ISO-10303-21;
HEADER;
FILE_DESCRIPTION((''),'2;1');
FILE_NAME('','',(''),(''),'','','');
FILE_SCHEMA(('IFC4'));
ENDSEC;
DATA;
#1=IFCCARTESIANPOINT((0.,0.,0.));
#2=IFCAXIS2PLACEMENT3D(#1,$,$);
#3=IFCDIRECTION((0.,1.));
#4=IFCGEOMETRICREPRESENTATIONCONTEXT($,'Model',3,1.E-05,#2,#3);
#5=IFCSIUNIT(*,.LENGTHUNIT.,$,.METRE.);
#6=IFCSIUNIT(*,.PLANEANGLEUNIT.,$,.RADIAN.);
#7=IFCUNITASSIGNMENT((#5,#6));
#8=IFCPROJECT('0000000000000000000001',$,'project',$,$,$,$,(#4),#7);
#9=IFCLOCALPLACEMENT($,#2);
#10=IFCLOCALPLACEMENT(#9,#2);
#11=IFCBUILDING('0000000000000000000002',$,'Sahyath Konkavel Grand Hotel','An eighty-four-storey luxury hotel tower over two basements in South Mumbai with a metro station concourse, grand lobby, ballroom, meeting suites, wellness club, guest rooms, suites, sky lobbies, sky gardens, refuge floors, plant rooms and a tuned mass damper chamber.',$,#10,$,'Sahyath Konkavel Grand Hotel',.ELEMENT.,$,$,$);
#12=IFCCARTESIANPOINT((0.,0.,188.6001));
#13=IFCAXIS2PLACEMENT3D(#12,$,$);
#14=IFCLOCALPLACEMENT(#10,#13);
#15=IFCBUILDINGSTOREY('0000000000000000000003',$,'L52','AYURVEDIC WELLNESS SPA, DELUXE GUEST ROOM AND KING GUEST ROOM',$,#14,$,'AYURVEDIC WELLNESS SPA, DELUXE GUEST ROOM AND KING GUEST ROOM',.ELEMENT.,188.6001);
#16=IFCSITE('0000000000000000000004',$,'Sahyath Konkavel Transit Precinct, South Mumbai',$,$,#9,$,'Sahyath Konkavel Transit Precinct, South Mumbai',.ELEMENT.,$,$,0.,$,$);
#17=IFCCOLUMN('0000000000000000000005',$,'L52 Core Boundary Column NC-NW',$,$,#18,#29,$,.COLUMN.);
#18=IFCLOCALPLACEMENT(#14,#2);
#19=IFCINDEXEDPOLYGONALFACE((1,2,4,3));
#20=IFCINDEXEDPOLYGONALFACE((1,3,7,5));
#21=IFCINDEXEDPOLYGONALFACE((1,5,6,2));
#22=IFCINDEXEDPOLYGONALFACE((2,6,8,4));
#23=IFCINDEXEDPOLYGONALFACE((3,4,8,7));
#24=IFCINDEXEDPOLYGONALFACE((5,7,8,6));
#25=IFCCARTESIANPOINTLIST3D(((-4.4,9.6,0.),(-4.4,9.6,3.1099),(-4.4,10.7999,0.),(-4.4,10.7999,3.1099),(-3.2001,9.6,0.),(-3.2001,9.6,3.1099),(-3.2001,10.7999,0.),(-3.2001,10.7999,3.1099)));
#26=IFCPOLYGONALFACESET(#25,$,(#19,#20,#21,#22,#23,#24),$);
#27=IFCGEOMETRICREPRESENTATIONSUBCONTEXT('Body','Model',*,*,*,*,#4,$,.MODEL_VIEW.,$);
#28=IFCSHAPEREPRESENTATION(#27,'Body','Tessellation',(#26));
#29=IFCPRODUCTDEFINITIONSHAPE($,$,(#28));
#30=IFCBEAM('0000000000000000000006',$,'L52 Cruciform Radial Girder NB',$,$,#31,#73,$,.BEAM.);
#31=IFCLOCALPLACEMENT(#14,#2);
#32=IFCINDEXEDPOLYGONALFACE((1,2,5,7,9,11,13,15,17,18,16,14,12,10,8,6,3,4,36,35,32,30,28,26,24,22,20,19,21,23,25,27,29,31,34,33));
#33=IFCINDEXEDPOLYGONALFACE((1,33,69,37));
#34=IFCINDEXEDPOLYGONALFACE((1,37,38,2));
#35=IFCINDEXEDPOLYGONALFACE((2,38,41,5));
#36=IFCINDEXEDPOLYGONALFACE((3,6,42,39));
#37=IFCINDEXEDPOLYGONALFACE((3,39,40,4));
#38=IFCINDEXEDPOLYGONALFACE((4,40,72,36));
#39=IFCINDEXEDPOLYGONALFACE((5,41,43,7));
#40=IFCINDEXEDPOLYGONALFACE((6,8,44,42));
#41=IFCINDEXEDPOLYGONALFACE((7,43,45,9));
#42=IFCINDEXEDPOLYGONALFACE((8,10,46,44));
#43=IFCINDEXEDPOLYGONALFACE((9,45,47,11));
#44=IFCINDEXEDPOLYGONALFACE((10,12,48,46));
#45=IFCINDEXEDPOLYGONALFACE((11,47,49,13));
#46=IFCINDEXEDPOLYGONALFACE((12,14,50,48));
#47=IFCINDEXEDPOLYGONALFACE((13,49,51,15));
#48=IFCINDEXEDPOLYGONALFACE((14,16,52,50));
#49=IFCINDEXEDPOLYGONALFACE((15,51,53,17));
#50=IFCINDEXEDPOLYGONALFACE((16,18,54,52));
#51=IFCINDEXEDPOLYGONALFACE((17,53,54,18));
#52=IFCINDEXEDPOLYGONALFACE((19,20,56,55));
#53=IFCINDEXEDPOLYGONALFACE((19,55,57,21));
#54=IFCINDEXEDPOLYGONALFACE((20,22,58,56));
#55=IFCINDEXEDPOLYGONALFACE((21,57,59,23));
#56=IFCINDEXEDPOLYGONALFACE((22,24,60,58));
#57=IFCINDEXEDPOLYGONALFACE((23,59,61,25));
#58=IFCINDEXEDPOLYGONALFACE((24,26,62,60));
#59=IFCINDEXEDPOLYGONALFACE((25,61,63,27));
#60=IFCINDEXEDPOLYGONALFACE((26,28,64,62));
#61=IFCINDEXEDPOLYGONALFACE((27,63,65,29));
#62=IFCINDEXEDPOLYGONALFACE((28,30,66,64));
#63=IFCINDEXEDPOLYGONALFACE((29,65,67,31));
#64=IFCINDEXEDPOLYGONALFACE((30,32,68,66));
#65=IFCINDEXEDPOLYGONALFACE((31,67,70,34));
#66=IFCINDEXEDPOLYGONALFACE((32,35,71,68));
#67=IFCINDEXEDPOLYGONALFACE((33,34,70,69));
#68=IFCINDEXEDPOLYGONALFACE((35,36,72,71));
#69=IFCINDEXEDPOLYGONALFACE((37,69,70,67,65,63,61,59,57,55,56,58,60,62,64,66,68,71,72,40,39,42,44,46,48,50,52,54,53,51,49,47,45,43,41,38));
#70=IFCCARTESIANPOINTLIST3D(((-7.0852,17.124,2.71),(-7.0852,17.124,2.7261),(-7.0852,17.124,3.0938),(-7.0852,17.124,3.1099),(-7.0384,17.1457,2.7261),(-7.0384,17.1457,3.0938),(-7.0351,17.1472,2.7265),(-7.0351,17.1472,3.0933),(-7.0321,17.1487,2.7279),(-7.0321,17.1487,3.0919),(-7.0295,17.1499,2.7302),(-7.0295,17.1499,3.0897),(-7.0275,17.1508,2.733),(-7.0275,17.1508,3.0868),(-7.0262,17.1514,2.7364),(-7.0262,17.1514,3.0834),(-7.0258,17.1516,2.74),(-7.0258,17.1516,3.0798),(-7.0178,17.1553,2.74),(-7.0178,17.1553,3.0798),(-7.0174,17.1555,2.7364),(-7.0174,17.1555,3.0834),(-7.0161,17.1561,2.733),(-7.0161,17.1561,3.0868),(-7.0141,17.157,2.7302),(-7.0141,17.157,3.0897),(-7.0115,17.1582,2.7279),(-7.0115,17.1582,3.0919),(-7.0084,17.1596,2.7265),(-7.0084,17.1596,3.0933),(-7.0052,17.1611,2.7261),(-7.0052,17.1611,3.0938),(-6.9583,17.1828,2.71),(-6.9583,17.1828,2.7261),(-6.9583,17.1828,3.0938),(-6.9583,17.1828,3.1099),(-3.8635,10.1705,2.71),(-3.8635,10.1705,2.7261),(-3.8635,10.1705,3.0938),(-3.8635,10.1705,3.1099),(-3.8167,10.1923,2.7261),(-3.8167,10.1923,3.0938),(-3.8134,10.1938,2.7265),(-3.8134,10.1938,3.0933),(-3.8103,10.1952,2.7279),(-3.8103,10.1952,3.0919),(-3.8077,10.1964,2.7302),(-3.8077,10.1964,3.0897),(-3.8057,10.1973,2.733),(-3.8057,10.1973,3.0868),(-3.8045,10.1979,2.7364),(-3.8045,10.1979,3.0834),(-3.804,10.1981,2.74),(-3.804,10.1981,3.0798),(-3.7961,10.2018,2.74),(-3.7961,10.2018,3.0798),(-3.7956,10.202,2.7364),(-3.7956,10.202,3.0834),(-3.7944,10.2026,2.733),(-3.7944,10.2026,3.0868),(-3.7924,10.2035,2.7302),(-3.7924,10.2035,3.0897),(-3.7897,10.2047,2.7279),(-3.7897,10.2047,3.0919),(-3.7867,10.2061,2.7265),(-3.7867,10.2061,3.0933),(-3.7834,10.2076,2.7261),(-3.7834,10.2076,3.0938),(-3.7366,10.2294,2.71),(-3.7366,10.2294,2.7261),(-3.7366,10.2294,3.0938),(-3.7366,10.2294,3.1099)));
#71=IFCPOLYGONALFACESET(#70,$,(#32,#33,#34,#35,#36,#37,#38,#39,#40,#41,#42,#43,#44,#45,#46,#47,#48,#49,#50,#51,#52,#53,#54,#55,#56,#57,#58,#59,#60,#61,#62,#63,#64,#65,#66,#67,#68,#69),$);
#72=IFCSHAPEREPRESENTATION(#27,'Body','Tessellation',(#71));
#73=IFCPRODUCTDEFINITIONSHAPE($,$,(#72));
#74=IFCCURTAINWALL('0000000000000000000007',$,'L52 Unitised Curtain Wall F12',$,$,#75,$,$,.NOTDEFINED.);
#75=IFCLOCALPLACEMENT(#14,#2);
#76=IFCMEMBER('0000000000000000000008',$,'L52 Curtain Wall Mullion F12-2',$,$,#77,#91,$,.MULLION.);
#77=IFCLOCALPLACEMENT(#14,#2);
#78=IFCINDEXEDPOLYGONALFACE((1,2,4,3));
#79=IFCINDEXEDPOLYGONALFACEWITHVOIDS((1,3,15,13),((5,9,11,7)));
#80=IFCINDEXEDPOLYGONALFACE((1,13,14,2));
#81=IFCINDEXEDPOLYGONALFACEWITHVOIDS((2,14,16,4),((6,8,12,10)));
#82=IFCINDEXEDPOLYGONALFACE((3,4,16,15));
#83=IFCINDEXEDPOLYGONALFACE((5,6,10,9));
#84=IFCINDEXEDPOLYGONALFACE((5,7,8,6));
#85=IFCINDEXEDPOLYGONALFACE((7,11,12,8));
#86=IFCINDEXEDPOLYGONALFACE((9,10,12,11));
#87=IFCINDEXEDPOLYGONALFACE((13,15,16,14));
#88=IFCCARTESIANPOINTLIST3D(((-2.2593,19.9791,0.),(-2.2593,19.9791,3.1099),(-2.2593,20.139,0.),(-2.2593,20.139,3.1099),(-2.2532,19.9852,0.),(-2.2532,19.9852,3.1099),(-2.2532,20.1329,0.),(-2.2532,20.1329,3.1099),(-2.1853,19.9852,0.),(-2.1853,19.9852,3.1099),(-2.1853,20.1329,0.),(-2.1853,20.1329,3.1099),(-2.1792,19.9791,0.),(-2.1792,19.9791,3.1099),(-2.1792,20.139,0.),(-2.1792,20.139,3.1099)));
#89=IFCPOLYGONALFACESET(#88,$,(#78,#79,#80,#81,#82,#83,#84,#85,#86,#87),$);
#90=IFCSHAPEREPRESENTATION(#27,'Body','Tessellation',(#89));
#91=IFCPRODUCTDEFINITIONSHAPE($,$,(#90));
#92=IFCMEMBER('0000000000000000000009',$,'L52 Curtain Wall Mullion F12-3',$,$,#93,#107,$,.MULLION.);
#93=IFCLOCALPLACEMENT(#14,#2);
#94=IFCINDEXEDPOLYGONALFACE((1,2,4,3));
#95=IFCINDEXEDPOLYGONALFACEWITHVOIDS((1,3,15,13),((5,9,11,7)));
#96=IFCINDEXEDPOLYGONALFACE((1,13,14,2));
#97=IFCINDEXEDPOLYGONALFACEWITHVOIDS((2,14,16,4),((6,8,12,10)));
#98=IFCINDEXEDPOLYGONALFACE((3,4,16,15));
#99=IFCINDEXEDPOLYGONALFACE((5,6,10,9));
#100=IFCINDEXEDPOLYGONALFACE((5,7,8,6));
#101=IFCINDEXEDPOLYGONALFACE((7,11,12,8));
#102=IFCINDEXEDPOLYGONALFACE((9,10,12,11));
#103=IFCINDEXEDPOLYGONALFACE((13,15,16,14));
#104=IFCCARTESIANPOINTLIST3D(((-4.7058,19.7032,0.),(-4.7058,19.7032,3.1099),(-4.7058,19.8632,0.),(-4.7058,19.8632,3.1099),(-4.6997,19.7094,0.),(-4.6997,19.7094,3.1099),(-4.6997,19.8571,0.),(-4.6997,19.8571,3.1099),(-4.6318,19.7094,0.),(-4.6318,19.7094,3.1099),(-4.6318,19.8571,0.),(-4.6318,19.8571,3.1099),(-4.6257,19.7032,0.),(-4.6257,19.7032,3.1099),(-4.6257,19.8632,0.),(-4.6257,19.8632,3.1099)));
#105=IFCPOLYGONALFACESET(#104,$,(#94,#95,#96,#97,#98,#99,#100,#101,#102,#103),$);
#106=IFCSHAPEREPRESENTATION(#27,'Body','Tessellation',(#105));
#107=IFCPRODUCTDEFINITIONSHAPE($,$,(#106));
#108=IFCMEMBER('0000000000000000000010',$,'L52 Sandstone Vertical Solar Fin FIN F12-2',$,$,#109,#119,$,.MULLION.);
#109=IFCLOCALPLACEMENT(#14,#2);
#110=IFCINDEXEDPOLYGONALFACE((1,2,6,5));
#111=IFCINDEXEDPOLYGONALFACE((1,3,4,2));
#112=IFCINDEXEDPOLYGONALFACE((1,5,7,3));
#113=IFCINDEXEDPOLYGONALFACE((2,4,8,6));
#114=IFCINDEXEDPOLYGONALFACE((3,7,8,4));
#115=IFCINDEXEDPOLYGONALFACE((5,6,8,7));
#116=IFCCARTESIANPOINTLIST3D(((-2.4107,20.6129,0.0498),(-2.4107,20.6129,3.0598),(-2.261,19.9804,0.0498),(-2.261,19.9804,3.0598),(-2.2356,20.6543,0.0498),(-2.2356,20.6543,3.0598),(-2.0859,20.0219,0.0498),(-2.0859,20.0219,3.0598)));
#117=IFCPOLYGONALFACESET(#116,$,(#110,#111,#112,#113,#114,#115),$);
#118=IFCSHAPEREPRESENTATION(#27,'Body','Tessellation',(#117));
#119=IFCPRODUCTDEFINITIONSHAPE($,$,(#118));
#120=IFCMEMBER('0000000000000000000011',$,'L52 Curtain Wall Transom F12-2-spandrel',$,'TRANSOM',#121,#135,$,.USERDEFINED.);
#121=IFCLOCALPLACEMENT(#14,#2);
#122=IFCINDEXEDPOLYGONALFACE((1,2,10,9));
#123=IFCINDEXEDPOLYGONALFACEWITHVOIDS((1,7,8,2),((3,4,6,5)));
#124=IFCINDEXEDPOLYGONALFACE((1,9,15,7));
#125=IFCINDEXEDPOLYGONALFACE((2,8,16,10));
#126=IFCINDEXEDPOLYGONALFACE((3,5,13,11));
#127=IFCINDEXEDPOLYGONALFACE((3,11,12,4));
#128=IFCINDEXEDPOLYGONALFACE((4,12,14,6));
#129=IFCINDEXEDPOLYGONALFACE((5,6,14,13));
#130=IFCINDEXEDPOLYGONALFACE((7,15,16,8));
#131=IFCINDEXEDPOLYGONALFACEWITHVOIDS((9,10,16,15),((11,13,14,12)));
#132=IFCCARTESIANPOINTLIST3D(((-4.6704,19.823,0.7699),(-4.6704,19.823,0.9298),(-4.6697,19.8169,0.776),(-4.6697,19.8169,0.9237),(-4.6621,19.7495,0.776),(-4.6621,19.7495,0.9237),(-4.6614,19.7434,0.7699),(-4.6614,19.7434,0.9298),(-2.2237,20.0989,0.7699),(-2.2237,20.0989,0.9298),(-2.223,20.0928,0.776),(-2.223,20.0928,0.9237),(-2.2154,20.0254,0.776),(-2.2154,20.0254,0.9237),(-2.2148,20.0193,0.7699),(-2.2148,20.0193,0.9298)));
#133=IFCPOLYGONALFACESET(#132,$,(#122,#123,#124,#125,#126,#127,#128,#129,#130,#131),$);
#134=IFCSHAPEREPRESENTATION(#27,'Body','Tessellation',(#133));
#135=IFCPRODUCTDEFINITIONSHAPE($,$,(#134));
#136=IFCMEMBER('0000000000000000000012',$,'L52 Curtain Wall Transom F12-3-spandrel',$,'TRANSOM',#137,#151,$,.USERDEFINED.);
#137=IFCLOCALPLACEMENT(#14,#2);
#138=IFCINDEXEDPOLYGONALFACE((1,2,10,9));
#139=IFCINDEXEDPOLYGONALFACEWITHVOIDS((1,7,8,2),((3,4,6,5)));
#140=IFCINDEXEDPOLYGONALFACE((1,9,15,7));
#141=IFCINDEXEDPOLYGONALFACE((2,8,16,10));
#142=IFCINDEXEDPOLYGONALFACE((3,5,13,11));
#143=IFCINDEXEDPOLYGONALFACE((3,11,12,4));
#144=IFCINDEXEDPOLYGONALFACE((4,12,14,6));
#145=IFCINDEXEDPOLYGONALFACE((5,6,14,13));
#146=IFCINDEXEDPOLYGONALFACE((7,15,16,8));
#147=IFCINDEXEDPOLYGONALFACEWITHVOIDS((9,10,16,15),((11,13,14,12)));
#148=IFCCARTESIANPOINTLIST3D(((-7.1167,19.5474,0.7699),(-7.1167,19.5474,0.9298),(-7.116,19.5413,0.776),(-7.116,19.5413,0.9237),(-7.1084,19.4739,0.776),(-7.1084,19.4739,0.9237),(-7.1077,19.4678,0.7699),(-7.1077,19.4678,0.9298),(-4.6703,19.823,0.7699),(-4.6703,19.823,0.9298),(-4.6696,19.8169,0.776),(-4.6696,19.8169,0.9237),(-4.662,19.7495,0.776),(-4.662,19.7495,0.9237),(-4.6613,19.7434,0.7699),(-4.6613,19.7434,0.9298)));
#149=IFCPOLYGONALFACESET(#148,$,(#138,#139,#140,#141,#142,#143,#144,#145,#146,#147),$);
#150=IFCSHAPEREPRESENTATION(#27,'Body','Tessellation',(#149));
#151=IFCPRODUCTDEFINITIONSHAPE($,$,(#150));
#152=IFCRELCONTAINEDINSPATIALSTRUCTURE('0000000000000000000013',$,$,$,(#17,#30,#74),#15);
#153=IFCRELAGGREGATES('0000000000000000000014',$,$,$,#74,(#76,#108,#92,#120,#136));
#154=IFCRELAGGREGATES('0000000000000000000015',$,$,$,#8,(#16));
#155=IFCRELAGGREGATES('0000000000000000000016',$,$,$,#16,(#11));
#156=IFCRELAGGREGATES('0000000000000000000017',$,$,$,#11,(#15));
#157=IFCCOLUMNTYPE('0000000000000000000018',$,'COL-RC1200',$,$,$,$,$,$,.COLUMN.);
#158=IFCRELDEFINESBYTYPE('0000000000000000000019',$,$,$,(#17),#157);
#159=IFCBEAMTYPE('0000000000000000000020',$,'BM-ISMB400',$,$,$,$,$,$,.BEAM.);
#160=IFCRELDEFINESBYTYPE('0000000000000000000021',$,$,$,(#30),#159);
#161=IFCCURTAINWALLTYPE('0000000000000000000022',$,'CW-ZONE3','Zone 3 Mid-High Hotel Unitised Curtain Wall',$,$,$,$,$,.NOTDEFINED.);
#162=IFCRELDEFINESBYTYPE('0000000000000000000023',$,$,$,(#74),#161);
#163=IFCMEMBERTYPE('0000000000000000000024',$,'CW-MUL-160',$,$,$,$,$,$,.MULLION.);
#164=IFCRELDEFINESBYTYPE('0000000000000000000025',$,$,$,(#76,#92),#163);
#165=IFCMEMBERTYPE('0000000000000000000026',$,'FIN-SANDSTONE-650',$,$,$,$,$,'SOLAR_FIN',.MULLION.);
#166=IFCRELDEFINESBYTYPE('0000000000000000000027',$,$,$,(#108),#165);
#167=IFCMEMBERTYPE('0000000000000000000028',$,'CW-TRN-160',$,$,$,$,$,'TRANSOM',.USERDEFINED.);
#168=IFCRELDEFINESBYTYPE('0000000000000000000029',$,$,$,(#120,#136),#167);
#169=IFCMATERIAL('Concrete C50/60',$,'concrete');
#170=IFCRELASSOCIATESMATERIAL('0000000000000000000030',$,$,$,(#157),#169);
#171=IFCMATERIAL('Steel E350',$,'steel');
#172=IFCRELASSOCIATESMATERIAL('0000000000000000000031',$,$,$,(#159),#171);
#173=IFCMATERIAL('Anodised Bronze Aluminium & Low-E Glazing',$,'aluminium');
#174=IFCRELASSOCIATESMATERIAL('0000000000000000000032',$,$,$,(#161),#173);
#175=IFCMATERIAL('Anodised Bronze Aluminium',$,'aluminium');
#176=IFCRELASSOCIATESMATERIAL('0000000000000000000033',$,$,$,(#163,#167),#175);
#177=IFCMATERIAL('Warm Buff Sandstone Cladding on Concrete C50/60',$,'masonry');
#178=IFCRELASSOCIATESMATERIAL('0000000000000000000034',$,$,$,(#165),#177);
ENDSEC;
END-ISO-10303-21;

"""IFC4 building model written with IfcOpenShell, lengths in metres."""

from ifc_helpers import new_model, si_unit, direction, frame, origin, origin_2d, place, context, subcontext, project, spatial, rectangle, hollow_rectangle, i_section, extrude, source, transform, mapped, material, material_profile, profile_set, type_object, element, aggregate, save


model = new_model("IFC4")

# Units and contexts
model_context = context("Model", 3, precision=1e-05, world=origin(), true_north=direction((0.0, 1.0)))
body_context = subcontext(model_context, "Body", "Model", "MODEL_VIEW")
ifc_project = project(units=[si_unit("LENGTHUNIT", "METRE"), si_unit("PLANEANGLEUNIT", "RADIAN")], contexts=[model_context])

# Site, building, storey
site_placement = place(None, origin())
site = spatial("IfcSite", under=ifc_project, at=site_placement, Name="Sahyath Konkavel Transit Precinct, South Mumbai", LongName="Sahyath Konkavel Transit Precinct, South Mumbai", CompositionType="ELEMENT", RefElevation=0.0)
building_placement = place(site_placement, origin())
building = spatial("IfcBuilding", under=site, at=building_placement, Name="Sahyath Konkavel Grand Hotel", Description="An eighty-four-storey luxury hotel tower over two basements in South Mumbai with a metro station concourse, grand lobby, ballroom, meeting suites, wellness club, guest rooms, suites, sky lobbies, sky gardens, refuge floors, plant rooms and a tuned mass damper chamber.", LongName="Sahyath Konkavel Grand Hotel", CompositionType="ELEMENT")
storey_placement = place(building_placement, frame((0.0, 0.0, 188.6001)))
storey = spatial("IfcBuildingStorey", under=building, at=storey_placement, Name="L52", Description="AYURVEDIC WELLNESS SPA, DELUXE GUEST ROOM AND KING GUEST ROOM", LongName="AYURVEDIC WELLNESS SPA, DELUXE GUEST ROOM AND KING GUEST ROOM", CompositionType="ELEMENT", Elevation=188.6001)

# Column
ifc_material_1 = material(Name="Concrete C50/60", Category="concrete")
ifc_material_profile_1 = material_profile(ifc_material_1, rectangle(XDim=1.2, YDim=1.2, at=origin_2d()), Name="RC 1200x1200")
ifc_profile_set_1 = profile_set([ifc_material_profile_1], Name="Concrete C50/60")
column_type = type_object("IfcColumnType", Name="COL-RC1200", PredefinedType="COLUMN", material=ifc_profile_set_1)
shared_shape_1 = source(origin(), body_context, "Body", "SweptSolid", [
    extrude(rectangle(XDim=1.2, YDim=1.2, at=origin_2d()), origin(), (0.0, 0.0, 1.0), 3.1099),
])
column_placement = place(storey_placement, frame((-3.8, 10.2, 0.0), z_axis=(0.0, 0.0, 1.0), x_axis=(1.0, 0.0, 0.0)))
element("IfcColumn", 1, at=column_placement, inside=storey, type_object=column_type, Name="L52 Core Boundary Column NC-NW", PredefinedType="COLUMN", context=body_context, shape_type="MappedRepresentation", body=[
    mapped(shared_shape_1, transform((0.0, 0.0, 0.0), scale=1.0)),
])

# Beam
ifc_material_2 = material(Name="Steel E350", Category="steel")
ifc_material_profile_2 = material_profile(ifc_material_2, i_section(OverallWidth=0.1399, OverallDepth=0.3999, WebThickness=0.0088, FlangeThickness=0.0161, FilletRadius=0.0139, at=origin_2d()), Name="ISMB 400")
ifc_profile_set_2 = profile_set([ifc_material_profile_2], Name="Steel E350")
beam_type_1 = type_object("IfcBeamType", Name="BM-ISMB400", PredefinedType="BEAM", material=ifc_profile_set_2)
shared_shape_2 = source(origin(), body_context, "Body", "SweptSolid", [
    extrude(i_section(OverallWidth=0.1399, OverallDepth=0.3999, WebThickness=0.0088, FlangeThickness=0.0161, FilletRadius=0.0139, at=origin_2d()), origin(), (0.0, 0.0, 1.0), 7.6636),
])
beam_1_placement = place(storey_placement, frame((-3.8, 10.2, 2.9099), z_axis=(-0.420395, 0.907341, 0.0), x_axis=(-0.907341, -0.420395, 0.0)))
element("IfcBeam", 2, at=beam_1_placement, inside=storey, type_object=beam_type_1, Name="L52 Cruciform Radial Girder NB", PredefinedType="BEAM", context=body_context, shape_type="MappedRepresentation", body=[
    mapped(shared_shape_2, transform((0.0, 0.0, 0.0), scale=1.0)),
])

# Curtain wall, members
ifc_material_3 = material(Name="Anodised Bronze Aluminium & Low-E Glazing", Category="aluminium")
curtain_wall_type = type_object("IfcCurtainWallType", Name="CW-ZONE3", Description="Zone 3 Mid-High Hotel Unitised Curtain Wall", PredefinedType="NOTDEFINED", material=ifc_material_3)
curtain_wall_placement = place(storey_placement, origin())
curtain_wall = element("IfcCurtainWall", 3, at=curtain_wall_placement, inside=storey, type_object=curtain_wall_type, Name="L52 Unitised Curtain Wall F12", PredefinedType="NOTDEFINED")
ifc_material_4 = material(Name="Anodised Bronze Aluminium", Category="aluminium")
ifc_material_profile_3 = material_profile(ifc_material_4, hollow_rectangle(XDim=0.0801, YDim=0.1599, WallThickness=0.0061, at=origin_2d()), Name="RHS 160x80x6")
ifc_profile_set_3 = profile_set([ifc_material_profile_3], Name="Anodised Bronze Aluminium")
member_type_1 = type_object("IfcMemberType", Name="CW-MUL-160", PredefinedType="MULLION", material=ifc_profile_set_3)
shared_shape_3 = source(origin(), body_context, "Body", "SweptSolid", [
    extrude(hollow_rectangle(XDim=0.0801, YDim=0.1599, WallThickness=0.0061, at=origin_2d()), origin(), (0.0, 0.0, 1.0), 3.1099),
])
member_1_placement = place(storey_placement, frame((-2.2192, 20.0591, 0.0), z_axis=(0.0, 0.0, 1.0), x_axis=(1.0, 0.0, 0.0)))
member_1 = element("IfcMember", 4, at=member_1_placement, type_object=member_type_1, Name="L52 Curtain Wall Mullion F12-2", PredefinedType="MULLION", context=body_context, shape_type="MappedRepresentation", body=[
    mapped(shared_shape_3, transform((0.0, 0.0, 0.0), scale=1.0)),
])
member_2_placement = place(storey_placement, frame((-4.6658, 19.7832, 0.0), z_axis=(0.0, 0.0, 1.0), x_axis=(1.0, 0.0, 0.0)))
member_2 = element("IfcMember", 5, at=member_2_placement, type_object=member_type_1, Name="L52 Curtain Wall Mullion F12-3", PredefinedType="MULLION", context=body_context, shape_type="MappedRepresentation", body=[
    mapped(shared_shape_3, transform((0.0, 0.0, 0.0), scale=1.0)),
])
ifc_material_5 = material(Name="Warm Buff Sandstone Cladding on Concrete C50/60", Category="masonry")
ifc_material_profile_4 = material_profile(ifc_material_5, rectangle(XDim=0.1799, YDim=0.6499, at=origin_2d()), Name="FIN 180x650")
ifc_profile_set_4 = profile_set([ifc_material_profile_4], Name="Warm Buff Sandstone Cladding on Concrete C50/60")
member_type_2 = type_object("IfcMemberType", Name="FIN-SANDSTONE-650", ElementType="SOLAR_FIN", PredefinedType="MULLION", material=ifc_profile_set_4)
shared_shape_4 = source(origin(), body_context, "Body", "SweptSolid", [
    extrude(rectangle(XDim=0.1799, YDim=0.6499, at=origin_2d()), origin(), (0.0, 0.0, 1.0), 3.01),
])
member_3_placement = place(storey_placement, frame((-2.2483, 20.3174, 0.0498), z_axis=(0.0, 0.0, 1.0), x_axis=(0.973139, 0.23022, 0.0)))
member_3 = element("IfcMember", 6, at=member_3_placement, type_object=member_type_2, Name="L52 Sandstone Vertical Solar Fin FIN F12-2", PredefinedType="MULLION", context=body_context, shape_type="MappedRepresentation", body=[
    mapped(shared_shape_4, transform((0.0, 0.0, 0.0), scale=1.0)),
])
ifc_material_profile_5 = material_profile(ifc_material_4, hollow_rectangle(XDim=0.0801, YDim=0.1599, WallThickness=0.0061, at=origin_2d()), Name="RHS 160x80x6")
ifc_profile_set_5 = profile_set([ifc_material_profile_5], Name="Anodised Bronze Aluminium")
member_type_3 = type_object("IfcMemberType", Name="CW-TRN-160", ElementType="TRANSOM", PredefinedType="USERDEFINED", material=ifc_profile_set_5)
shared_shape_5 = source(origin(), body_context, "Body", "SweptSolid", [
    extrude(hollow_rectangle(XDim=0.0801, YDim=0.1599, WallThickness=0.0061, at=origin_2d()), origin(), (0.0, 0.0, 1.0), 2.4622),
])
member_4_placement = place(storey_placement, frame((-2.2192, 20.0591, 0.8499), z_axis=(-0.993702, -0.112053, 0.0), x_axis=(0.112053, -0.993702, 0.0)))
member_4 = element("IfcMember", 7, at=member_4_placement, type_object=member_type_3, Name="L52 Curtain Wall Transom F12-2-spandrel", ObjectType="TRANSOM", PredefinedType="USERDEFINED", context=body_context, shape_type="MappedRepresentation", body=[
    mapped(shared_shape_5, transform((0.0, 0.0, 0.0), scale=1.0)),
])
shared_shape_6 = source(origin(), body_context, "Body", "SweptSolid", [
    extrude(hollow_rectangle(XDim=0.0801, YDim=0.1599, WallThickness=0.0061, at=origin_2d()), origin(), (0.0, 0.0, 1.0), 2.4619),
])
member_5_placement = place(storey_placement, frame((-4.6658, 19.7832, 0.8499), z_axis=(-0.993713, -0.111955, 0.0), x_axis=(0.111955, -0.993713, 0.0)))
member_5 = element("IfcMember", 8, at=member_5_placement, type_object=member_type_3, Name="L52 Curtain Wall Transom F12-3-spandrel", ObjectType="TRANSOM", PredefinedType="USERDEFINED", context=body_context, shape_type="MappedRepresentation", body=[
    mapped(shared_shape_6, transform((0.0, 0.0, 0.0), scale=1.0)),
])

aggregate(curtain_wall, [member_1, member_3, member_2, member_4, member_5])

save(model, "model.ifc")
